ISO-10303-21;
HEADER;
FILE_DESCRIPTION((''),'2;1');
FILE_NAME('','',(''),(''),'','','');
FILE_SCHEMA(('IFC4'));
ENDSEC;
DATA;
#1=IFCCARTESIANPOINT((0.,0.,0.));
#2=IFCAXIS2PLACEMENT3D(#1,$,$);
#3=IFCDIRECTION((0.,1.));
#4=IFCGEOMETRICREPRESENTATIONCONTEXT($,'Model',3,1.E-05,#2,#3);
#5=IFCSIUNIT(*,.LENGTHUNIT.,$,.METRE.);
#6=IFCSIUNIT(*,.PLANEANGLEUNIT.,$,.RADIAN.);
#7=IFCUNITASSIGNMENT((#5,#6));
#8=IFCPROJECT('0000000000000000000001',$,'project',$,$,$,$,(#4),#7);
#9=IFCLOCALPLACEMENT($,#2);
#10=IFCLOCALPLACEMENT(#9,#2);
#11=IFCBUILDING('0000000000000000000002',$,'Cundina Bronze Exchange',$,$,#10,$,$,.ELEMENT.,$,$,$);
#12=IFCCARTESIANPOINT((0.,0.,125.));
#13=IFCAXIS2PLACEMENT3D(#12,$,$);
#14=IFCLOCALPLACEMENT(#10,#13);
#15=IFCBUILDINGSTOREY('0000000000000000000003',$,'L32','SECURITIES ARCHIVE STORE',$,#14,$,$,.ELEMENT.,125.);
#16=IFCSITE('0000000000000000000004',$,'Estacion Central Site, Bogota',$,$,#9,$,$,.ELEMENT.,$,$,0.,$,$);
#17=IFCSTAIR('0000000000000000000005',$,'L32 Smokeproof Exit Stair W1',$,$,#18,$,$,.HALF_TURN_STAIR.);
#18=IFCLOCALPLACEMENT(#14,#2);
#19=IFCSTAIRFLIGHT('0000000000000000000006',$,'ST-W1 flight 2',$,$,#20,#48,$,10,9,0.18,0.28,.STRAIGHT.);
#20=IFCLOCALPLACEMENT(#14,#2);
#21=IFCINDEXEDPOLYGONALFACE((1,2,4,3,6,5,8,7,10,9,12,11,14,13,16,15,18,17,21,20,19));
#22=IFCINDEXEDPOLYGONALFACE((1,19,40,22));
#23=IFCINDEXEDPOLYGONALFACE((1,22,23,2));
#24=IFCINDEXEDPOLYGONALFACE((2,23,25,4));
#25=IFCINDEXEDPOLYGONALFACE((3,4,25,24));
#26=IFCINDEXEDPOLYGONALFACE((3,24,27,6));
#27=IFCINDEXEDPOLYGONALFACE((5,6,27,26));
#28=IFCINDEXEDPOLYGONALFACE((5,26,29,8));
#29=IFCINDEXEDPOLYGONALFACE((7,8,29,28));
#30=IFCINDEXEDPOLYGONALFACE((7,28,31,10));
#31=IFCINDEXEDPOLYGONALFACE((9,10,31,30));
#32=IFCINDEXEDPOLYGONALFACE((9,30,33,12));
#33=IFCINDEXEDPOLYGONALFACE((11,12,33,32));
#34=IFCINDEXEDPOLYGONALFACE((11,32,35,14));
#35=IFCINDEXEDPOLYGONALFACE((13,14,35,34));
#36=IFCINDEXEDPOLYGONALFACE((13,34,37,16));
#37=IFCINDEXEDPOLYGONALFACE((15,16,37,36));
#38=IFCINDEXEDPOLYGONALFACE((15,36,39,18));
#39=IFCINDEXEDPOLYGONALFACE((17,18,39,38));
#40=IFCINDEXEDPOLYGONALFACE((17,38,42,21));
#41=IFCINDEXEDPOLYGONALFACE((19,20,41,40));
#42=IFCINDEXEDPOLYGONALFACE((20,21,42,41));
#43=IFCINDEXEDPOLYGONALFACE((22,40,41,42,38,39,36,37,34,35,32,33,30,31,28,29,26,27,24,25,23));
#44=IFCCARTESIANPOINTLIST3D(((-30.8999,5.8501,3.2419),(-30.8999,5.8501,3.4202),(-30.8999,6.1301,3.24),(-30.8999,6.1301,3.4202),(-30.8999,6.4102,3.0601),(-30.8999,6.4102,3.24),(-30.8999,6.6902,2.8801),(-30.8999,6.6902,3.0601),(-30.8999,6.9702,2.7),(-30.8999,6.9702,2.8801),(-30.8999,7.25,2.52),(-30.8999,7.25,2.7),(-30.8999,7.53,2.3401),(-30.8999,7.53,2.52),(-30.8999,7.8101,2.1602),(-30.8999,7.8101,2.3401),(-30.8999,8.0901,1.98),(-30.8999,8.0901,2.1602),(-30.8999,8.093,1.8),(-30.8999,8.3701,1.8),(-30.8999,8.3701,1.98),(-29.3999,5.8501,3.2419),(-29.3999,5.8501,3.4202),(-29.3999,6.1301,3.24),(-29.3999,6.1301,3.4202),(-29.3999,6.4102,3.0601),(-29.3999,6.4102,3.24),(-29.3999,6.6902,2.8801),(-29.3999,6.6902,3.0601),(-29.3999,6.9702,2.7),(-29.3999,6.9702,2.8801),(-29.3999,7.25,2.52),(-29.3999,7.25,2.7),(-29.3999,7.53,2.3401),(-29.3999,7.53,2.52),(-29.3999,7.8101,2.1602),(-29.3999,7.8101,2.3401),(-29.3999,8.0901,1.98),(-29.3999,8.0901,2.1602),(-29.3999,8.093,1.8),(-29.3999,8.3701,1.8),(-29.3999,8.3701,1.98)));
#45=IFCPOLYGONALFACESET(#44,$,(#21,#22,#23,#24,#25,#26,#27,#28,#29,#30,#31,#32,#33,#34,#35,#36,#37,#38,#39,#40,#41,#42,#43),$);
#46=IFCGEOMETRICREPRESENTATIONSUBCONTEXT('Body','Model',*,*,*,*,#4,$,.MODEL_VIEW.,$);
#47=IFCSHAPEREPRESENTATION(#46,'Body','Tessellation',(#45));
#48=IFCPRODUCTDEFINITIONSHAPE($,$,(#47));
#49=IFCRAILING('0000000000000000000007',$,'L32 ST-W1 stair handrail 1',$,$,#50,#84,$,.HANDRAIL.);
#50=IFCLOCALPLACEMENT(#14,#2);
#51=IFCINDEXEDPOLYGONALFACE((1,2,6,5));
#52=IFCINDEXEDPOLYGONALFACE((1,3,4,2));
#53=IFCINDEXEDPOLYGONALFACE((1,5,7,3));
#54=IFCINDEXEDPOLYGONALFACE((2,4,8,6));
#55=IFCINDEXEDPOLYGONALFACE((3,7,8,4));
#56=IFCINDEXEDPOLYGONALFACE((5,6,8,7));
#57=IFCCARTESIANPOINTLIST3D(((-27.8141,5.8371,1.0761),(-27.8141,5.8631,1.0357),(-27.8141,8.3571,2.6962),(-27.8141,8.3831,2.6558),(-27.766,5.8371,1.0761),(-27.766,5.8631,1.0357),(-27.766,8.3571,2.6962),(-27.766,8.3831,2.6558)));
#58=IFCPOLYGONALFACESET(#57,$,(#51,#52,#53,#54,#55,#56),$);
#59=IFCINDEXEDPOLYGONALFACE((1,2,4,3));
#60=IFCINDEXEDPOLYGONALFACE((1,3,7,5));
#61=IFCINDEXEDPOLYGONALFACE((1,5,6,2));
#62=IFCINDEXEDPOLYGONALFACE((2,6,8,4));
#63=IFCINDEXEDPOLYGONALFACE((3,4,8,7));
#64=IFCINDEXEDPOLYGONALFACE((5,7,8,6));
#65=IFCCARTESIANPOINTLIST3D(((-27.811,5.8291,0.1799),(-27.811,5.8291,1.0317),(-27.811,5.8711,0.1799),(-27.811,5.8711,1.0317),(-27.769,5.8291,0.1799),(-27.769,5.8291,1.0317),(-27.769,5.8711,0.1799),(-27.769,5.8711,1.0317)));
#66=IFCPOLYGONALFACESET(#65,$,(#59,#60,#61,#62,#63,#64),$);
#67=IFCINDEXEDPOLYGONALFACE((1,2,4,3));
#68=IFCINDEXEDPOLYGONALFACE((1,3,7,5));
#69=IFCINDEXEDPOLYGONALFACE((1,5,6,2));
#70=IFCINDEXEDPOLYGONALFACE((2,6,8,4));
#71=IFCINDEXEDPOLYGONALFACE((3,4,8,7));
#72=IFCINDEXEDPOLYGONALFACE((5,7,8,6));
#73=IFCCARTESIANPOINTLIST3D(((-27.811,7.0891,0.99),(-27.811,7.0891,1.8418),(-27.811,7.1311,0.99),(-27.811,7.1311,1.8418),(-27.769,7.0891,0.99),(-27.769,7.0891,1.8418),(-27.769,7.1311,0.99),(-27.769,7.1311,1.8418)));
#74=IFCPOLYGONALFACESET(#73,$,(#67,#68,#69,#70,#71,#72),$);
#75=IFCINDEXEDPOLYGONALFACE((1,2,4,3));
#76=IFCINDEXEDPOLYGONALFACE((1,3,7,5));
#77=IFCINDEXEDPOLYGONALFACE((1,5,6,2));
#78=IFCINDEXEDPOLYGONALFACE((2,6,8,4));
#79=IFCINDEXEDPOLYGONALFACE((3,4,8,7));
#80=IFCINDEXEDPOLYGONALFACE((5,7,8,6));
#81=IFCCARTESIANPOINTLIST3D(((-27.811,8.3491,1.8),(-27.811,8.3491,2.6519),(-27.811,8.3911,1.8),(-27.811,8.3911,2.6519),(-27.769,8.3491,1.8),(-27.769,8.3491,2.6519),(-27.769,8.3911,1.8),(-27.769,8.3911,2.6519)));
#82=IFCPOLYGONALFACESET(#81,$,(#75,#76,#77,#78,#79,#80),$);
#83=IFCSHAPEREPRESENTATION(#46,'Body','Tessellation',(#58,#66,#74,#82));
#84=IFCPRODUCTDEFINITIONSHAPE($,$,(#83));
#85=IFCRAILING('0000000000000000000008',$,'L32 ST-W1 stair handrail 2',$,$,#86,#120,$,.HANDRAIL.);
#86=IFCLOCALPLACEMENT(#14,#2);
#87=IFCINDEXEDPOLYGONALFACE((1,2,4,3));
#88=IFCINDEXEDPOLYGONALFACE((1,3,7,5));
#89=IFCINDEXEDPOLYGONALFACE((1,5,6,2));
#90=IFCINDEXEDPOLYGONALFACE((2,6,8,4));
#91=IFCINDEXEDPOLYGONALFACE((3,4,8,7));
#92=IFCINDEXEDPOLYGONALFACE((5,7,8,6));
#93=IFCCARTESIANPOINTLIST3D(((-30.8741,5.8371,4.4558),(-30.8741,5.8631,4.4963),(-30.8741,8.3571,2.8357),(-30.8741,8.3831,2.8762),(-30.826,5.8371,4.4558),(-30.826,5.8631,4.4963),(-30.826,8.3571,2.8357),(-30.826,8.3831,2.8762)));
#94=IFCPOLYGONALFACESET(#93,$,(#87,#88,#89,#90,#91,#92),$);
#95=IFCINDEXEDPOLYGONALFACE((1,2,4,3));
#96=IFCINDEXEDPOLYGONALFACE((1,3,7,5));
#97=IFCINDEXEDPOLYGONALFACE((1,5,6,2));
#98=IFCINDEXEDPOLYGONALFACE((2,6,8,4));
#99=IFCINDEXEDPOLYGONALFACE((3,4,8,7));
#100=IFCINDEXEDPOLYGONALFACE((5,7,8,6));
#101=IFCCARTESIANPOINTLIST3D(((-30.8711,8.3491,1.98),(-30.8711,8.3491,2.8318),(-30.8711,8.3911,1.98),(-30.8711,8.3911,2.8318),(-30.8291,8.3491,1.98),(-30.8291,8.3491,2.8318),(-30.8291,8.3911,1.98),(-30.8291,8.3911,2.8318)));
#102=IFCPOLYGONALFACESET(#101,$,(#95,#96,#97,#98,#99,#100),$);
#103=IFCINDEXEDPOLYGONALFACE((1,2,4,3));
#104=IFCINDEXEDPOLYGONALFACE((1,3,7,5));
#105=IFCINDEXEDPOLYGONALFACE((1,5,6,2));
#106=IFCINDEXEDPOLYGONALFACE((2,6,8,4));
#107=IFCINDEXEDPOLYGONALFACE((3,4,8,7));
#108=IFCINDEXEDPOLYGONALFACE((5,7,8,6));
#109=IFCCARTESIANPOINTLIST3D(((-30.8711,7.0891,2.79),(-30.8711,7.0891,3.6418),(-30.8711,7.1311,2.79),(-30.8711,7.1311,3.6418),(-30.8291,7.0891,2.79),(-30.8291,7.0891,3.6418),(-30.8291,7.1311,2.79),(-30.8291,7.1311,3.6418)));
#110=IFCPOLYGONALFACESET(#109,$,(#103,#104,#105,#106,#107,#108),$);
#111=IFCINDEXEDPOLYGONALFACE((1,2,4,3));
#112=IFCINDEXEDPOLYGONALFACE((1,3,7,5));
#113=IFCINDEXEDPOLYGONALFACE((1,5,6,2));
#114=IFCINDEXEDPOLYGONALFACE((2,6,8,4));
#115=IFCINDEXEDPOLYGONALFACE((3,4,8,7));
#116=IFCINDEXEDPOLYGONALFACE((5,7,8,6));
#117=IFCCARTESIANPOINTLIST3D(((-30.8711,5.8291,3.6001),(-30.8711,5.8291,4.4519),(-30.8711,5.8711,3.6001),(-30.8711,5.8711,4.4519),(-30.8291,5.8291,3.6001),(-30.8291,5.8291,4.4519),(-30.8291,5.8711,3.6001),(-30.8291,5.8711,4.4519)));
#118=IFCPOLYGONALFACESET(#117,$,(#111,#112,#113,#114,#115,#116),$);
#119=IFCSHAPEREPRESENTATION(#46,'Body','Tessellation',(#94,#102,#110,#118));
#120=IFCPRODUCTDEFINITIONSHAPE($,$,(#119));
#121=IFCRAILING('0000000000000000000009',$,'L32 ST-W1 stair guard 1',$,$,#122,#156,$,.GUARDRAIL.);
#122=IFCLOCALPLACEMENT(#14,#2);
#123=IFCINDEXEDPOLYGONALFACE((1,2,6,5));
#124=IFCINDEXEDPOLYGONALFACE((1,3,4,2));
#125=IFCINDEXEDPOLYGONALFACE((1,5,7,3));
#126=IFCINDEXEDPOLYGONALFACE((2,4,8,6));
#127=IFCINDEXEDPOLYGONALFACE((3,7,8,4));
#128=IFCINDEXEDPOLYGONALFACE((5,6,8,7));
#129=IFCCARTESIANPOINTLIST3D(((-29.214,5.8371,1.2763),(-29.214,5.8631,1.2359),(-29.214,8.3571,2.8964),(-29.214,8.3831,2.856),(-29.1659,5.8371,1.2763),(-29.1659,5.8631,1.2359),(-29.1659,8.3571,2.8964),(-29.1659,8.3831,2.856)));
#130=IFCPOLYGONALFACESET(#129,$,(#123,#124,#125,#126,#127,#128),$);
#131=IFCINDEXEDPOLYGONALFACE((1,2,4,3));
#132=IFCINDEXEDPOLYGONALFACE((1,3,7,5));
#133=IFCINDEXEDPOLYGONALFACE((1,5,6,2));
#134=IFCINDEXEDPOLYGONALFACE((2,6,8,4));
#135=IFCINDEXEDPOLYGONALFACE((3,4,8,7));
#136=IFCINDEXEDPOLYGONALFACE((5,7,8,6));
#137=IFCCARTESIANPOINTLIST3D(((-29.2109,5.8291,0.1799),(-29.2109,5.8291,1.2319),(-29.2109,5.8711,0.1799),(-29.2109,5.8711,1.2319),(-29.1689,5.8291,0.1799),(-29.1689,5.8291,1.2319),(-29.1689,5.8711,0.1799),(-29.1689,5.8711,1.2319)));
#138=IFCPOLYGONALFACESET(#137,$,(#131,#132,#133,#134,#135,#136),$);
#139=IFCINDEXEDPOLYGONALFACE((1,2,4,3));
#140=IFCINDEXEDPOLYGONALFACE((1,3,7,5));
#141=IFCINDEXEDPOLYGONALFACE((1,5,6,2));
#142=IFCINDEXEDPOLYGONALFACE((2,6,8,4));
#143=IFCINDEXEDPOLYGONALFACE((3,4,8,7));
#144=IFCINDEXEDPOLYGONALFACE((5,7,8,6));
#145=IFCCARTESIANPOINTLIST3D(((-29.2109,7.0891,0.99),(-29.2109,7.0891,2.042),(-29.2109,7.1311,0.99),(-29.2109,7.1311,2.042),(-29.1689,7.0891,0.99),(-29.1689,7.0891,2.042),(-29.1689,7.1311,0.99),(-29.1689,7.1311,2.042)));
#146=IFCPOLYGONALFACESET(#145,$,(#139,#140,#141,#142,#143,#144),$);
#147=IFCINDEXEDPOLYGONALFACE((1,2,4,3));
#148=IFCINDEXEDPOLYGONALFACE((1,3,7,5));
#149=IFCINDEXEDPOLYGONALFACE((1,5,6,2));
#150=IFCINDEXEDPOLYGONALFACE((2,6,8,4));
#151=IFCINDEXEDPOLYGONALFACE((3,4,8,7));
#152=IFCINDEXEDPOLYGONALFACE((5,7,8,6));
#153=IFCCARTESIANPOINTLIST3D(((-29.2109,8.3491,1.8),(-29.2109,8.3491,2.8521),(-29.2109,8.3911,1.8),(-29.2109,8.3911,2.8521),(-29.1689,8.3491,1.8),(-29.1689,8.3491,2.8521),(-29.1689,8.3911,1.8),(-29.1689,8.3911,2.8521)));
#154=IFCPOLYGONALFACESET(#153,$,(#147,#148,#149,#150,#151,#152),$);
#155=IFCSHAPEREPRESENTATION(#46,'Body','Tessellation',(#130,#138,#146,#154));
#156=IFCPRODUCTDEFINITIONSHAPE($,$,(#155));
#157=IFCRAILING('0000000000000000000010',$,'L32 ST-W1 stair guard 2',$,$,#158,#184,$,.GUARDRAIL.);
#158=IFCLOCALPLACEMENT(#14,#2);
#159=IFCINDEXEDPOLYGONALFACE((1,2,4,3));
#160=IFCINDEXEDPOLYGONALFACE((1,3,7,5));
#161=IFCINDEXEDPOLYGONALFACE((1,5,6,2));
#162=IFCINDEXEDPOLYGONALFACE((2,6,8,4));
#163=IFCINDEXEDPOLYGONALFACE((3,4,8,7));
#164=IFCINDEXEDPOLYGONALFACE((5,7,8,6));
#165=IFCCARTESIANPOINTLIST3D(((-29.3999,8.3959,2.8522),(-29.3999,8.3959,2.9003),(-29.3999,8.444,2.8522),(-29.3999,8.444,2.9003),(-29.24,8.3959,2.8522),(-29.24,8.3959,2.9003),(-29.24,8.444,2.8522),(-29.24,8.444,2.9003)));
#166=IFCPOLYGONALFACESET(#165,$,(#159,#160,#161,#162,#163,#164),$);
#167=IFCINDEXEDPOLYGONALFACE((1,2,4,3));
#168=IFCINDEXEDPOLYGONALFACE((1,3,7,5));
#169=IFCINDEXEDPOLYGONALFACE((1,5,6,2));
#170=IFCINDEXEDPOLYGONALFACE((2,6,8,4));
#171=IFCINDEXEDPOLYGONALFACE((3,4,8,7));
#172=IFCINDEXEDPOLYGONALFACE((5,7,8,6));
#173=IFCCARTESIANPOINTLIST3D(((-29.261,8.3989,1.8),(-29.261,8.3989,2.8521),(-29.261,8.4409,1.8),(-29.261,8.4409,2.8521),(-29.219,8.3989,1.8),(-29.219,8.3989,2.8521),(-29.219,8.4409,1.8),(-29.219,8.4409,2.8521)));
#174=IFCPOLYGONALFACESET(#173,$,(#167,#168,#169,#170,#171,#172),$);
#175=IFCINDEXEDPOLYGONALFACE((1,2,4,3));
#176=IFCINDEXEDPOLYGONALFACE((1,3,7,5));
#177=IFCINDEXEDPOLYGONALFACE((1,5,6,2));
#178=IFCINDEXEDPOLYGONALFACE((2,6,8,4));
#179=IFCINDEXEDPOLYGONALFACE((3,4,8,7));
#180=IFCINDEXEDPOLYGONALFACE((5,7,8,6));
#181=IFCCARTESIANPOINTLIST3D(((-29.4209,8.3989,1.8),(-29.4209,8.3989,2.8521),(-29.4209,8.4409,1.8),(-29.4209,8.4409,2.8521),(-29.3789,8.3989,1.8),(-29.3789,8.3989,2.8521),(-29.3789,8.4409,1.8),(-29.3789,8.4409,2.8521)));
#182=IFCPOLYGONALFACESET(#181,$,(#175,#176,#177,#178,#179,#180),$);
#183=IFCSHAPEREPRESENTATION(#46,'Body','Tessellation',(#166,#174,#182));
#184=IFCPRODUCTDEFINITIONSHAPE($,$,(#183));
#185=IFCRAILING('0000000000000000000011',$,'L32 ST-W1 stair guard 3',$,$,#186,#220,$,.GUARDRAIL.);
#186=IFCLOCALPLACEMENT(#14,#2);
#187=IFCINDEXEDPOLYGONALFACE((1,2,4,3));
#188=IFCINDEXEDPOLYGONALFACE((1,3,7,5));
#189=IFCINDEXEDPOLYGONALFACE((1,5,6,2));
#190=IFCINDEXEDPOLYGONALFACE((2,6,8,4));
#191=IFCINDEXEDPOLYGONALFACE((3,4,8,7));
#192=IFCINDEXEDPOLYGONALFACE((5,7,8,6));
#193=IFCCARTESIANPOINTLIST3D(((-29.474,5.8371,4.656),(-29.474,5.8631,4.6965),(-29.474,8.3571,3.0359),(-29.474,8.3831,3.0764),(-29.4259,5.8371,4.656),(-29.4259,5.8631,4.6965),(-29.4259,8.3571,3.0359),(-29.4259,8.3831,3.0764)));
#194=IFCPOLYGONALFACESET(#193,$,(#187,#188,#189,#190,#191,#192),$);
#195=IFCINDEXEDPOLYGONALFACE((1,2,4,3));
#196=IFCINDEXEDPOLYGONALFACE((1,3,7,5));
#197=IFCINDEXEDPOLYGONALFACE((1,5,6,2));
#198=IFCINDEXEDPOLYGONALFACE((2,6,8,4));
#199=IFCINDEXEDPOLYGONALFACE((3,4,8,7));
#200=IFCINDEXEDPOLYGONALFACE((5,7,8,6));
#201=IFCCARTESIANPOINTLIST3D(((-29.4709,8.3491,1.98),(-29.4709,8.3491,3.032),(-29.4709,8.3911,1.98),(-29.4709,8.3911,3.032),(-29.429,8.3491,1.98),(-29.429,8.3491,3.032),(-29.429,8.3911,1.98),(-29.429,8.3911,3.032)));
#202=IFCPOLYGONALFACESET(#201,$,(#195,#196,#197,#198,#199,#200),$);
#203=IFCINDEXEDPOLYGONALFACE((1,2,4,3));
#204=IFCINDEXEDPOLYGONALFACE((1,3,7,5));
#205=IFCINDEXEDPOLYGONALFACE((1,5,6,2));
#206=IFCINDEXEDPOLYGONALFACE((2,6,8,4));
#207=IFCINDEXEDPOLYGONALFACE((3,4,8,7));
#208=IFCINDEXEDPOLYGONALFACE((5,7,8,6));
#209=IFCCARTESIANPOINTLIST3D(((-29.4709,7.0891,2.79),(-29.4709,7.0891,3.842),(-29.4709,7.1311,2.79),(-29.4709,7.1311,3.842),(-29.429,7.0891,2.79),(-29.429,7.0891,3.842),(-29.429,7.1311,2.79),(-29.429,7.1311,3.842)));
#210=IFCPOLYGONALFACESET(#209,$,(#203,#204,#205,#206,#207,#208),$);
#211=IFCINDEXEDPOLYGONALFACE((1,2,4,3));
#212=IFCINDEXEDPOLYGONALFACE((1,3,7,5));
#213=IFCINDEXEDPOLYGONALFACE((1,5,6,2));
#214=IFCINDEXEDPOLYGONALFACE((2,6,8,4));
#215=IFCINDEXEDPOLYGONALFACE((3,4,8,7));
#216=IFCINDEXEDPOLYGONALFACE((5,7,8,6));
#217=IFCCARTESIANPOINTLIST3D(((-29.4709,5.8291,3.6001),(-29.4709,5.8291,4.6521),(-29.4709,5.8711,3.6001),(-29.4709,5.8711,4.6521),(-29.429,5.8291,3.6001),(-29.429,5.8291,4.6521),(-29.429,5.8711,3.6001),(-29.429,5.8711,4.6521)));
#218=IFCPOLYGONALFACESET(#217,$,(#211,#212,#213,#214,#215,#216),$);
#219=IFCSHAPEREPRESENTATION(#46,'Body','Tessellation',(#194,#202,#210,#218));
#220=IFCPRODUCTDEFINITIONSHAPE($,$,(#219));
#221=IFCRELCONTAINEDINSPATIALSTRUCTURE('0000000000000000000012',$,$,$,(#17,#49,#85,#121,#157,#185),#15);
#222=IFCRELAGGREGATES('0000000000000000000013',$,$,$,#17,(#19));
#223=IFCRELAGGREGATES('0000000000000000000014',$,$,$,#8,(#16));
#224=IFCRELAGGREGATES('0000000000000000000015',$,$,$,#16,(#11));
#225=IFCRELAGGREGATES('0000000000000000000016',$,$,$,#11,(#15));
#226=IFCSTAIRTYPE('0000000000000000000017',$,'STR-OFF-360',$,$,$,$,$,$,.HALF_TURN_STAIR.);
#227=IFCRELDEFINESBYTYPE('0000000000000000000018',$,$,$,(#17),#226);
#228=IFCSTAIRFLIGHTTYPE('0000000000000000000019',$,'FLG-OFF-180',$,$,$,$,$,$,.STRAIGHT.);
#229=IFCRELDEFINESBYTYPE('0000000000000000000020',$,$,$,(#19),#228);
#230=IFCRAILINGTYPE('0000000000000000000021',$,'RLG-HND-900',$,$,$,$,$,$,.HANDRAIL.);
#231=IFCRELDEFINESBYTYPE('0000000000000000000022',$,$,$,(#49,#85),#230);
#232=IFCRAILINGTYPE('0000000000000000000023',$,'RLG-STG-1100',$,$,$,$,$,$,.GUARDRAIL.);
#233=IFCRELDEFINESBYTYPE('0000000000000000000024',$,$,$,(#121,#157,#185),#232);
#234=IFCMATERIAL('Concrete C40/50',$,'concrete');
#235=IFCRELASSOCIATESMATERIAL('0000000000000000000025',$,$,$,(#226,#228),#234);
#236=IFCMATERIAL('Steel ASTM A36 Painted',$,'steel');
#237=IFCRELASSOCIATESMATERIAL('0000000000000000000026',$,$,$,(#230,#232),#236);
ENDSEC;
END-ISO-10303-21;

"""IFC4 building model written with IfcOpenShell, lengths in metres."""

from ifc_helpers import new_model, si_unit, direction, frame, origin, origin_2d, place, context, subcontext, project, spatial, polyline, rectangle, outline, extrude, material, type_object, element, aggregate, save


model = new_model("IFC4")

# Units and contexts
model_context = context("Model", 3, precision=1e-05, world=origin(), true_north=direction((0.0, 1.0)))
body_context = subcontext(model_context, "Body", "Model", "MODEL_VIEW")
ifc_project = project(units=[si_unit("LENGTHUNIT", "METRE"), si_unit("PLANEANGLEUNIT", "RADIAN")], contexts=[model_context])

# Site, building, storey
site_placement = place(None, origin())
site = spatial("IfcSite", under=ifc_project, at=site_placement, Name="Estacion Central Site, Bogota", CompositionType="ELEMENT", RefElevation=0.0)
building_placement = place(site_placement, origin())
building = spatial("IfcBuilding", under=site, at=building_placement, Name="Cundina Bronze Exchange", CompositionType="ELEMENT")
storey_placement = place(building_placement, frame((0.0, 0.0, 125.0)))
storey = spatial("IfcBuildingStorey", under=building, at=storey_placement, Name="L32", Description="SECURITIES ARCHIVE STORE", CompositionType="ELEMENT", Elevation=125.0)

# Shared definitions
ifc_material_1 = material(Name="Steel ASTM A36 Painted", Category="steel")

# Stair, stair flight
ifc_material_2 = material(Name="Concrete C40/50", Category="concrete")
stair_type = type_object("IfcStairType", Name="STR-OFF-360", PredefinedType="HALF_TURN_STAIR", material=ifc_material_2)
stair_placement = place(storey_placement, origin())
stair = element("IfcStair", 1, at=stair_placement, inside=storey, type_object=stair_type, Name="L32 Smokeproof Exit Stair W1", PredefinedType="HALF_TURN_STAIR")
stair_flight_type = type_object("IfcStairFlightType", Name="FLG-OFF-180", PredefinedType="STRAIGHT", material=ifc_material_2)
stair_flight_1_placement = place(storey_placement, frame((-30.1499, 8.3701, 1.8), z_axis=(0.0, 0.0, 1.0), x_axis=(0.0, -1.0, 0.0)))
stair_flight_1 = element("IfcStairFlight", 2, at=stair_flight_1_placement, type_object=stair_flight_type, Name="ST-W1 flight 2", NumberOfRisers=10, NumberOfTreads=9, PredefinedType="STRAIGHT", RiserHeight=0.18, TreadLength=0.28, context=body_context, shape_type="SweptSolid", body=[
    extrude(outline(polyline([(0.0, 0.0), (0.0, 0.1799), (0.28, 0.1799), (0.28, 0.3601), (0.5601, 0.3601), (0.5601, 0.54), (0.8401, 0.54), (0.8401, 0.72), (1.1201, 0.72), (1.1201, 0.8999), (1.3999, 0.8999), (1.3999, 1.0801), (1.6799, 1.0801), (1.6799, 1.26), (1.96, 1.26), (1.96, 1.4399), (2.24, 1.4399), (2.24, 1.6201), (2.52, 1.6201), (2.52, 1.8), (2.52, 1.4419), (0.2771, 0.0), (0.0, 0.0)])), frame((0.0, 0.75, 0.0), z_axis=(0.0, -1.0, 0.0), x_axis=(1.0, 0.0, 0.0)), (0.0, 0.0, 1.0), 1.5),
])
aggregate(stair, [stair_flight_1])

# Railings
railing_type_1 = type_object("IfcRailingType", Name="RLG-HND-900", PredefinedType="HANDRAIL", material=ifc_material_1)
railing_1_placement = place(storey_placement, frame((-27.79, 5.8501, 0.1799)))
element("IfcRailing", 3, at=railing_1_placement, inside=storey, type_object=railing_type_1, Name="L32 ST-W1 stair handrail 1", PredefinedType="HANDRAIL", context=body_context, shape_type="SweptSolid", body=[
    extrude(rectangle(XDim=0.0481, YDim=0.0481, at=origin_2d()), frame((0.0, 0.0, 0.876), z_axis=(0.0, 0.841163, 0.540782), x_axis=(-1.0, 0.0, 0.0)), (0.0, 0.0, 1.0), 2.9958),
    extrude(rectangle(XDim=0.042, YDim=0.042, at=origin_2d()), origin(), (0.0, 0.0, 1.0), 0.8518),
    extrude(rectangle(XDim=0.042, YDim=0.042, at=origin_2d()), frame((0.0, 1.26, 0.8101)), (0.0, 0.0, 1.0), 0.8518),
    extrude(rectangle(XDim=0.042, YDim=0.042, at=origin_2d()), frame((0.0, 2.52, 1.6201)), (0.0, 0.0, 1.0), 0.8518),
])
railing_2_placement = place(storey_placement, frame((-30.8501, 8.3701, 1.98)))
element("IfcRailing", 4, at=railing_2_placement, inside=storey, type_object=railing_type_1, Name="L32 ST-W1 stair handrail 2", PredefinedType="HANDRAIL", context=body_context, shape_type="SweptSolid", body=[
    extrude(rectangle(XDim=0.0481, YDim=0.0481, at=origin_2d()), frame((0.0, 0.0, 0.876), z_axis=(0.0, -0.841163, 0.540782), x_axis=(1.0, 0.0, 0.0)), (0.0, 0.0, 1.0), 2.9958),
    extrude(rectangle(XDim=0.042, YDim=0.042, at=origin_2d()), origin(), (0.0, 0.0, 1.0), 0.8518),
    extrude(rectangle(XDim=0.042, YDim=0.042, at=origin_2d()), frame((0.0, -1.26, 0.8101)), (0.0, 0.0, 1.0), 0.8518),
    extrude(rectangle(XDim=0.042, YDim=0.042, at=origin_2d()), frame((0.0, -2.52, 1.6201)), (0.0, 0.0, 1.0), 0.8518),
])
railing_type_2 = type_object("IfcRailingType", Name="RLG-STG-1100", PredefinedType="GUARDRAIL", material=ifc_material_1)
railing_3_placement = place(storey_placement, frame((-29.1899, 5.8501, 0.1799)))
element("IfcRailing", 5, at=railing_3_placement, inside=storey, type_object=railing_type_2, Name="L32 ST-W1 stair guard 1", PredefinedType="GUARDRAIL", context=body_context, shape_type="SweptSolid", body=[
    extrude(rectangle(XDim=0.0481, YDim=0.0481, at=origin_2d()), frame((0.0, 0.0, 1.0762), z_axis=(0.0, 0.841163, 0.540782), x_axis=(-1.0, 0.0, 0.0)), (0.0, 0.0, 1.0), 2.9958),
    extrude(rectangle(XDim=0.042, YDim=0.042, at=origin_2d()), origin(), (0.0, 0.0, 1.0), 1.052),
    extrude(rectangle(XDim=0.042, YDim=0.042, at=origin_2d()), frame((0.0, 1.26, 0.8101)), (0.0, 0.0, 1.0), 1.052),
    extrude(rectangle(XDim=0.042, YDim=0.042, at=origin_2d()), frame((0.0, 2.52, 1.6201)), (0.0, 0.0, 1.0), 1.052),
])
railing_4_placement = place(storey_placement, frame((-29.24, 8.4199, 1.8)))
element("IfcRailing", 6, at=railing_4_placement, inside=storey, type_object=railing_type_2, Name="L32 ST-W1 stair guard 2", PredefinedType="GUARDRAIL", context=body_context, shape_type="SweptSolid", body=[
    extrude(rectangle(XDim=0.0481, YDim=0.0481, at=origin_2d()), frame((0.0, 0.0, 1.0762), z_axis=(-1.0, 0.0, 0.0), x_axis=(0.0, -1.0, 0.0)), (0.0, 0.0, 1.0), 0.1599),
    extrude(rectangle(XDim=0.042, YDim=0.042, at=origin_2d()), origin(), (0.0, 0.0, 1.0), 1.052),
    extrude(rectangle(XDim=0.042, YDim=0.042, at=origin_2d()), frame((-0.1599, 0.0, 0.0)), (0.0, 0.0, 1.0), 1.052),
])
railing_5_placement = place(storey_placement, frame((-29.45, 8.3701, 1.98)))
element("IfcRailing", 7, at=railing_5_placement, inside=storey, type_object=railing_type_2, Name="L32 ST-W1 stair guard 3", PredefinedType="GUARDRAIL", context=body_context, shape_type="SweptSolid", body=[
    extrude(rectangle(XDim=0.0481, YDim=0.0481, at=origin_2d()), frame((0.0, 0.0, 1.0762), z_axis=(0.0, -0.841163, 0.540782), x_axis=(1.0, 0.0, 0.0)), (0.0, 0.0, 1.0), 2.9958),
    extrude(rectangle(XDim=0.042, YDim=0.042, at=origin_2d()), origin(), (0.0, 0.0, 1.0), 1.052),
    extrude(rectangle(XDim=0.042, YDim=0.042, at=origin_2d()), frame((0.0, -1.26, 0.8101)), (0.0, 0.0, 1.0), 1.052),
    extrude(rectangle(XDim=0.042, YDim=0.042, at=origin_2d()), frame((0.0, -2.52, 1.6201)), (0.0, 0.0, 1.0), 1.052),
])

save(model, "model.ifc")
